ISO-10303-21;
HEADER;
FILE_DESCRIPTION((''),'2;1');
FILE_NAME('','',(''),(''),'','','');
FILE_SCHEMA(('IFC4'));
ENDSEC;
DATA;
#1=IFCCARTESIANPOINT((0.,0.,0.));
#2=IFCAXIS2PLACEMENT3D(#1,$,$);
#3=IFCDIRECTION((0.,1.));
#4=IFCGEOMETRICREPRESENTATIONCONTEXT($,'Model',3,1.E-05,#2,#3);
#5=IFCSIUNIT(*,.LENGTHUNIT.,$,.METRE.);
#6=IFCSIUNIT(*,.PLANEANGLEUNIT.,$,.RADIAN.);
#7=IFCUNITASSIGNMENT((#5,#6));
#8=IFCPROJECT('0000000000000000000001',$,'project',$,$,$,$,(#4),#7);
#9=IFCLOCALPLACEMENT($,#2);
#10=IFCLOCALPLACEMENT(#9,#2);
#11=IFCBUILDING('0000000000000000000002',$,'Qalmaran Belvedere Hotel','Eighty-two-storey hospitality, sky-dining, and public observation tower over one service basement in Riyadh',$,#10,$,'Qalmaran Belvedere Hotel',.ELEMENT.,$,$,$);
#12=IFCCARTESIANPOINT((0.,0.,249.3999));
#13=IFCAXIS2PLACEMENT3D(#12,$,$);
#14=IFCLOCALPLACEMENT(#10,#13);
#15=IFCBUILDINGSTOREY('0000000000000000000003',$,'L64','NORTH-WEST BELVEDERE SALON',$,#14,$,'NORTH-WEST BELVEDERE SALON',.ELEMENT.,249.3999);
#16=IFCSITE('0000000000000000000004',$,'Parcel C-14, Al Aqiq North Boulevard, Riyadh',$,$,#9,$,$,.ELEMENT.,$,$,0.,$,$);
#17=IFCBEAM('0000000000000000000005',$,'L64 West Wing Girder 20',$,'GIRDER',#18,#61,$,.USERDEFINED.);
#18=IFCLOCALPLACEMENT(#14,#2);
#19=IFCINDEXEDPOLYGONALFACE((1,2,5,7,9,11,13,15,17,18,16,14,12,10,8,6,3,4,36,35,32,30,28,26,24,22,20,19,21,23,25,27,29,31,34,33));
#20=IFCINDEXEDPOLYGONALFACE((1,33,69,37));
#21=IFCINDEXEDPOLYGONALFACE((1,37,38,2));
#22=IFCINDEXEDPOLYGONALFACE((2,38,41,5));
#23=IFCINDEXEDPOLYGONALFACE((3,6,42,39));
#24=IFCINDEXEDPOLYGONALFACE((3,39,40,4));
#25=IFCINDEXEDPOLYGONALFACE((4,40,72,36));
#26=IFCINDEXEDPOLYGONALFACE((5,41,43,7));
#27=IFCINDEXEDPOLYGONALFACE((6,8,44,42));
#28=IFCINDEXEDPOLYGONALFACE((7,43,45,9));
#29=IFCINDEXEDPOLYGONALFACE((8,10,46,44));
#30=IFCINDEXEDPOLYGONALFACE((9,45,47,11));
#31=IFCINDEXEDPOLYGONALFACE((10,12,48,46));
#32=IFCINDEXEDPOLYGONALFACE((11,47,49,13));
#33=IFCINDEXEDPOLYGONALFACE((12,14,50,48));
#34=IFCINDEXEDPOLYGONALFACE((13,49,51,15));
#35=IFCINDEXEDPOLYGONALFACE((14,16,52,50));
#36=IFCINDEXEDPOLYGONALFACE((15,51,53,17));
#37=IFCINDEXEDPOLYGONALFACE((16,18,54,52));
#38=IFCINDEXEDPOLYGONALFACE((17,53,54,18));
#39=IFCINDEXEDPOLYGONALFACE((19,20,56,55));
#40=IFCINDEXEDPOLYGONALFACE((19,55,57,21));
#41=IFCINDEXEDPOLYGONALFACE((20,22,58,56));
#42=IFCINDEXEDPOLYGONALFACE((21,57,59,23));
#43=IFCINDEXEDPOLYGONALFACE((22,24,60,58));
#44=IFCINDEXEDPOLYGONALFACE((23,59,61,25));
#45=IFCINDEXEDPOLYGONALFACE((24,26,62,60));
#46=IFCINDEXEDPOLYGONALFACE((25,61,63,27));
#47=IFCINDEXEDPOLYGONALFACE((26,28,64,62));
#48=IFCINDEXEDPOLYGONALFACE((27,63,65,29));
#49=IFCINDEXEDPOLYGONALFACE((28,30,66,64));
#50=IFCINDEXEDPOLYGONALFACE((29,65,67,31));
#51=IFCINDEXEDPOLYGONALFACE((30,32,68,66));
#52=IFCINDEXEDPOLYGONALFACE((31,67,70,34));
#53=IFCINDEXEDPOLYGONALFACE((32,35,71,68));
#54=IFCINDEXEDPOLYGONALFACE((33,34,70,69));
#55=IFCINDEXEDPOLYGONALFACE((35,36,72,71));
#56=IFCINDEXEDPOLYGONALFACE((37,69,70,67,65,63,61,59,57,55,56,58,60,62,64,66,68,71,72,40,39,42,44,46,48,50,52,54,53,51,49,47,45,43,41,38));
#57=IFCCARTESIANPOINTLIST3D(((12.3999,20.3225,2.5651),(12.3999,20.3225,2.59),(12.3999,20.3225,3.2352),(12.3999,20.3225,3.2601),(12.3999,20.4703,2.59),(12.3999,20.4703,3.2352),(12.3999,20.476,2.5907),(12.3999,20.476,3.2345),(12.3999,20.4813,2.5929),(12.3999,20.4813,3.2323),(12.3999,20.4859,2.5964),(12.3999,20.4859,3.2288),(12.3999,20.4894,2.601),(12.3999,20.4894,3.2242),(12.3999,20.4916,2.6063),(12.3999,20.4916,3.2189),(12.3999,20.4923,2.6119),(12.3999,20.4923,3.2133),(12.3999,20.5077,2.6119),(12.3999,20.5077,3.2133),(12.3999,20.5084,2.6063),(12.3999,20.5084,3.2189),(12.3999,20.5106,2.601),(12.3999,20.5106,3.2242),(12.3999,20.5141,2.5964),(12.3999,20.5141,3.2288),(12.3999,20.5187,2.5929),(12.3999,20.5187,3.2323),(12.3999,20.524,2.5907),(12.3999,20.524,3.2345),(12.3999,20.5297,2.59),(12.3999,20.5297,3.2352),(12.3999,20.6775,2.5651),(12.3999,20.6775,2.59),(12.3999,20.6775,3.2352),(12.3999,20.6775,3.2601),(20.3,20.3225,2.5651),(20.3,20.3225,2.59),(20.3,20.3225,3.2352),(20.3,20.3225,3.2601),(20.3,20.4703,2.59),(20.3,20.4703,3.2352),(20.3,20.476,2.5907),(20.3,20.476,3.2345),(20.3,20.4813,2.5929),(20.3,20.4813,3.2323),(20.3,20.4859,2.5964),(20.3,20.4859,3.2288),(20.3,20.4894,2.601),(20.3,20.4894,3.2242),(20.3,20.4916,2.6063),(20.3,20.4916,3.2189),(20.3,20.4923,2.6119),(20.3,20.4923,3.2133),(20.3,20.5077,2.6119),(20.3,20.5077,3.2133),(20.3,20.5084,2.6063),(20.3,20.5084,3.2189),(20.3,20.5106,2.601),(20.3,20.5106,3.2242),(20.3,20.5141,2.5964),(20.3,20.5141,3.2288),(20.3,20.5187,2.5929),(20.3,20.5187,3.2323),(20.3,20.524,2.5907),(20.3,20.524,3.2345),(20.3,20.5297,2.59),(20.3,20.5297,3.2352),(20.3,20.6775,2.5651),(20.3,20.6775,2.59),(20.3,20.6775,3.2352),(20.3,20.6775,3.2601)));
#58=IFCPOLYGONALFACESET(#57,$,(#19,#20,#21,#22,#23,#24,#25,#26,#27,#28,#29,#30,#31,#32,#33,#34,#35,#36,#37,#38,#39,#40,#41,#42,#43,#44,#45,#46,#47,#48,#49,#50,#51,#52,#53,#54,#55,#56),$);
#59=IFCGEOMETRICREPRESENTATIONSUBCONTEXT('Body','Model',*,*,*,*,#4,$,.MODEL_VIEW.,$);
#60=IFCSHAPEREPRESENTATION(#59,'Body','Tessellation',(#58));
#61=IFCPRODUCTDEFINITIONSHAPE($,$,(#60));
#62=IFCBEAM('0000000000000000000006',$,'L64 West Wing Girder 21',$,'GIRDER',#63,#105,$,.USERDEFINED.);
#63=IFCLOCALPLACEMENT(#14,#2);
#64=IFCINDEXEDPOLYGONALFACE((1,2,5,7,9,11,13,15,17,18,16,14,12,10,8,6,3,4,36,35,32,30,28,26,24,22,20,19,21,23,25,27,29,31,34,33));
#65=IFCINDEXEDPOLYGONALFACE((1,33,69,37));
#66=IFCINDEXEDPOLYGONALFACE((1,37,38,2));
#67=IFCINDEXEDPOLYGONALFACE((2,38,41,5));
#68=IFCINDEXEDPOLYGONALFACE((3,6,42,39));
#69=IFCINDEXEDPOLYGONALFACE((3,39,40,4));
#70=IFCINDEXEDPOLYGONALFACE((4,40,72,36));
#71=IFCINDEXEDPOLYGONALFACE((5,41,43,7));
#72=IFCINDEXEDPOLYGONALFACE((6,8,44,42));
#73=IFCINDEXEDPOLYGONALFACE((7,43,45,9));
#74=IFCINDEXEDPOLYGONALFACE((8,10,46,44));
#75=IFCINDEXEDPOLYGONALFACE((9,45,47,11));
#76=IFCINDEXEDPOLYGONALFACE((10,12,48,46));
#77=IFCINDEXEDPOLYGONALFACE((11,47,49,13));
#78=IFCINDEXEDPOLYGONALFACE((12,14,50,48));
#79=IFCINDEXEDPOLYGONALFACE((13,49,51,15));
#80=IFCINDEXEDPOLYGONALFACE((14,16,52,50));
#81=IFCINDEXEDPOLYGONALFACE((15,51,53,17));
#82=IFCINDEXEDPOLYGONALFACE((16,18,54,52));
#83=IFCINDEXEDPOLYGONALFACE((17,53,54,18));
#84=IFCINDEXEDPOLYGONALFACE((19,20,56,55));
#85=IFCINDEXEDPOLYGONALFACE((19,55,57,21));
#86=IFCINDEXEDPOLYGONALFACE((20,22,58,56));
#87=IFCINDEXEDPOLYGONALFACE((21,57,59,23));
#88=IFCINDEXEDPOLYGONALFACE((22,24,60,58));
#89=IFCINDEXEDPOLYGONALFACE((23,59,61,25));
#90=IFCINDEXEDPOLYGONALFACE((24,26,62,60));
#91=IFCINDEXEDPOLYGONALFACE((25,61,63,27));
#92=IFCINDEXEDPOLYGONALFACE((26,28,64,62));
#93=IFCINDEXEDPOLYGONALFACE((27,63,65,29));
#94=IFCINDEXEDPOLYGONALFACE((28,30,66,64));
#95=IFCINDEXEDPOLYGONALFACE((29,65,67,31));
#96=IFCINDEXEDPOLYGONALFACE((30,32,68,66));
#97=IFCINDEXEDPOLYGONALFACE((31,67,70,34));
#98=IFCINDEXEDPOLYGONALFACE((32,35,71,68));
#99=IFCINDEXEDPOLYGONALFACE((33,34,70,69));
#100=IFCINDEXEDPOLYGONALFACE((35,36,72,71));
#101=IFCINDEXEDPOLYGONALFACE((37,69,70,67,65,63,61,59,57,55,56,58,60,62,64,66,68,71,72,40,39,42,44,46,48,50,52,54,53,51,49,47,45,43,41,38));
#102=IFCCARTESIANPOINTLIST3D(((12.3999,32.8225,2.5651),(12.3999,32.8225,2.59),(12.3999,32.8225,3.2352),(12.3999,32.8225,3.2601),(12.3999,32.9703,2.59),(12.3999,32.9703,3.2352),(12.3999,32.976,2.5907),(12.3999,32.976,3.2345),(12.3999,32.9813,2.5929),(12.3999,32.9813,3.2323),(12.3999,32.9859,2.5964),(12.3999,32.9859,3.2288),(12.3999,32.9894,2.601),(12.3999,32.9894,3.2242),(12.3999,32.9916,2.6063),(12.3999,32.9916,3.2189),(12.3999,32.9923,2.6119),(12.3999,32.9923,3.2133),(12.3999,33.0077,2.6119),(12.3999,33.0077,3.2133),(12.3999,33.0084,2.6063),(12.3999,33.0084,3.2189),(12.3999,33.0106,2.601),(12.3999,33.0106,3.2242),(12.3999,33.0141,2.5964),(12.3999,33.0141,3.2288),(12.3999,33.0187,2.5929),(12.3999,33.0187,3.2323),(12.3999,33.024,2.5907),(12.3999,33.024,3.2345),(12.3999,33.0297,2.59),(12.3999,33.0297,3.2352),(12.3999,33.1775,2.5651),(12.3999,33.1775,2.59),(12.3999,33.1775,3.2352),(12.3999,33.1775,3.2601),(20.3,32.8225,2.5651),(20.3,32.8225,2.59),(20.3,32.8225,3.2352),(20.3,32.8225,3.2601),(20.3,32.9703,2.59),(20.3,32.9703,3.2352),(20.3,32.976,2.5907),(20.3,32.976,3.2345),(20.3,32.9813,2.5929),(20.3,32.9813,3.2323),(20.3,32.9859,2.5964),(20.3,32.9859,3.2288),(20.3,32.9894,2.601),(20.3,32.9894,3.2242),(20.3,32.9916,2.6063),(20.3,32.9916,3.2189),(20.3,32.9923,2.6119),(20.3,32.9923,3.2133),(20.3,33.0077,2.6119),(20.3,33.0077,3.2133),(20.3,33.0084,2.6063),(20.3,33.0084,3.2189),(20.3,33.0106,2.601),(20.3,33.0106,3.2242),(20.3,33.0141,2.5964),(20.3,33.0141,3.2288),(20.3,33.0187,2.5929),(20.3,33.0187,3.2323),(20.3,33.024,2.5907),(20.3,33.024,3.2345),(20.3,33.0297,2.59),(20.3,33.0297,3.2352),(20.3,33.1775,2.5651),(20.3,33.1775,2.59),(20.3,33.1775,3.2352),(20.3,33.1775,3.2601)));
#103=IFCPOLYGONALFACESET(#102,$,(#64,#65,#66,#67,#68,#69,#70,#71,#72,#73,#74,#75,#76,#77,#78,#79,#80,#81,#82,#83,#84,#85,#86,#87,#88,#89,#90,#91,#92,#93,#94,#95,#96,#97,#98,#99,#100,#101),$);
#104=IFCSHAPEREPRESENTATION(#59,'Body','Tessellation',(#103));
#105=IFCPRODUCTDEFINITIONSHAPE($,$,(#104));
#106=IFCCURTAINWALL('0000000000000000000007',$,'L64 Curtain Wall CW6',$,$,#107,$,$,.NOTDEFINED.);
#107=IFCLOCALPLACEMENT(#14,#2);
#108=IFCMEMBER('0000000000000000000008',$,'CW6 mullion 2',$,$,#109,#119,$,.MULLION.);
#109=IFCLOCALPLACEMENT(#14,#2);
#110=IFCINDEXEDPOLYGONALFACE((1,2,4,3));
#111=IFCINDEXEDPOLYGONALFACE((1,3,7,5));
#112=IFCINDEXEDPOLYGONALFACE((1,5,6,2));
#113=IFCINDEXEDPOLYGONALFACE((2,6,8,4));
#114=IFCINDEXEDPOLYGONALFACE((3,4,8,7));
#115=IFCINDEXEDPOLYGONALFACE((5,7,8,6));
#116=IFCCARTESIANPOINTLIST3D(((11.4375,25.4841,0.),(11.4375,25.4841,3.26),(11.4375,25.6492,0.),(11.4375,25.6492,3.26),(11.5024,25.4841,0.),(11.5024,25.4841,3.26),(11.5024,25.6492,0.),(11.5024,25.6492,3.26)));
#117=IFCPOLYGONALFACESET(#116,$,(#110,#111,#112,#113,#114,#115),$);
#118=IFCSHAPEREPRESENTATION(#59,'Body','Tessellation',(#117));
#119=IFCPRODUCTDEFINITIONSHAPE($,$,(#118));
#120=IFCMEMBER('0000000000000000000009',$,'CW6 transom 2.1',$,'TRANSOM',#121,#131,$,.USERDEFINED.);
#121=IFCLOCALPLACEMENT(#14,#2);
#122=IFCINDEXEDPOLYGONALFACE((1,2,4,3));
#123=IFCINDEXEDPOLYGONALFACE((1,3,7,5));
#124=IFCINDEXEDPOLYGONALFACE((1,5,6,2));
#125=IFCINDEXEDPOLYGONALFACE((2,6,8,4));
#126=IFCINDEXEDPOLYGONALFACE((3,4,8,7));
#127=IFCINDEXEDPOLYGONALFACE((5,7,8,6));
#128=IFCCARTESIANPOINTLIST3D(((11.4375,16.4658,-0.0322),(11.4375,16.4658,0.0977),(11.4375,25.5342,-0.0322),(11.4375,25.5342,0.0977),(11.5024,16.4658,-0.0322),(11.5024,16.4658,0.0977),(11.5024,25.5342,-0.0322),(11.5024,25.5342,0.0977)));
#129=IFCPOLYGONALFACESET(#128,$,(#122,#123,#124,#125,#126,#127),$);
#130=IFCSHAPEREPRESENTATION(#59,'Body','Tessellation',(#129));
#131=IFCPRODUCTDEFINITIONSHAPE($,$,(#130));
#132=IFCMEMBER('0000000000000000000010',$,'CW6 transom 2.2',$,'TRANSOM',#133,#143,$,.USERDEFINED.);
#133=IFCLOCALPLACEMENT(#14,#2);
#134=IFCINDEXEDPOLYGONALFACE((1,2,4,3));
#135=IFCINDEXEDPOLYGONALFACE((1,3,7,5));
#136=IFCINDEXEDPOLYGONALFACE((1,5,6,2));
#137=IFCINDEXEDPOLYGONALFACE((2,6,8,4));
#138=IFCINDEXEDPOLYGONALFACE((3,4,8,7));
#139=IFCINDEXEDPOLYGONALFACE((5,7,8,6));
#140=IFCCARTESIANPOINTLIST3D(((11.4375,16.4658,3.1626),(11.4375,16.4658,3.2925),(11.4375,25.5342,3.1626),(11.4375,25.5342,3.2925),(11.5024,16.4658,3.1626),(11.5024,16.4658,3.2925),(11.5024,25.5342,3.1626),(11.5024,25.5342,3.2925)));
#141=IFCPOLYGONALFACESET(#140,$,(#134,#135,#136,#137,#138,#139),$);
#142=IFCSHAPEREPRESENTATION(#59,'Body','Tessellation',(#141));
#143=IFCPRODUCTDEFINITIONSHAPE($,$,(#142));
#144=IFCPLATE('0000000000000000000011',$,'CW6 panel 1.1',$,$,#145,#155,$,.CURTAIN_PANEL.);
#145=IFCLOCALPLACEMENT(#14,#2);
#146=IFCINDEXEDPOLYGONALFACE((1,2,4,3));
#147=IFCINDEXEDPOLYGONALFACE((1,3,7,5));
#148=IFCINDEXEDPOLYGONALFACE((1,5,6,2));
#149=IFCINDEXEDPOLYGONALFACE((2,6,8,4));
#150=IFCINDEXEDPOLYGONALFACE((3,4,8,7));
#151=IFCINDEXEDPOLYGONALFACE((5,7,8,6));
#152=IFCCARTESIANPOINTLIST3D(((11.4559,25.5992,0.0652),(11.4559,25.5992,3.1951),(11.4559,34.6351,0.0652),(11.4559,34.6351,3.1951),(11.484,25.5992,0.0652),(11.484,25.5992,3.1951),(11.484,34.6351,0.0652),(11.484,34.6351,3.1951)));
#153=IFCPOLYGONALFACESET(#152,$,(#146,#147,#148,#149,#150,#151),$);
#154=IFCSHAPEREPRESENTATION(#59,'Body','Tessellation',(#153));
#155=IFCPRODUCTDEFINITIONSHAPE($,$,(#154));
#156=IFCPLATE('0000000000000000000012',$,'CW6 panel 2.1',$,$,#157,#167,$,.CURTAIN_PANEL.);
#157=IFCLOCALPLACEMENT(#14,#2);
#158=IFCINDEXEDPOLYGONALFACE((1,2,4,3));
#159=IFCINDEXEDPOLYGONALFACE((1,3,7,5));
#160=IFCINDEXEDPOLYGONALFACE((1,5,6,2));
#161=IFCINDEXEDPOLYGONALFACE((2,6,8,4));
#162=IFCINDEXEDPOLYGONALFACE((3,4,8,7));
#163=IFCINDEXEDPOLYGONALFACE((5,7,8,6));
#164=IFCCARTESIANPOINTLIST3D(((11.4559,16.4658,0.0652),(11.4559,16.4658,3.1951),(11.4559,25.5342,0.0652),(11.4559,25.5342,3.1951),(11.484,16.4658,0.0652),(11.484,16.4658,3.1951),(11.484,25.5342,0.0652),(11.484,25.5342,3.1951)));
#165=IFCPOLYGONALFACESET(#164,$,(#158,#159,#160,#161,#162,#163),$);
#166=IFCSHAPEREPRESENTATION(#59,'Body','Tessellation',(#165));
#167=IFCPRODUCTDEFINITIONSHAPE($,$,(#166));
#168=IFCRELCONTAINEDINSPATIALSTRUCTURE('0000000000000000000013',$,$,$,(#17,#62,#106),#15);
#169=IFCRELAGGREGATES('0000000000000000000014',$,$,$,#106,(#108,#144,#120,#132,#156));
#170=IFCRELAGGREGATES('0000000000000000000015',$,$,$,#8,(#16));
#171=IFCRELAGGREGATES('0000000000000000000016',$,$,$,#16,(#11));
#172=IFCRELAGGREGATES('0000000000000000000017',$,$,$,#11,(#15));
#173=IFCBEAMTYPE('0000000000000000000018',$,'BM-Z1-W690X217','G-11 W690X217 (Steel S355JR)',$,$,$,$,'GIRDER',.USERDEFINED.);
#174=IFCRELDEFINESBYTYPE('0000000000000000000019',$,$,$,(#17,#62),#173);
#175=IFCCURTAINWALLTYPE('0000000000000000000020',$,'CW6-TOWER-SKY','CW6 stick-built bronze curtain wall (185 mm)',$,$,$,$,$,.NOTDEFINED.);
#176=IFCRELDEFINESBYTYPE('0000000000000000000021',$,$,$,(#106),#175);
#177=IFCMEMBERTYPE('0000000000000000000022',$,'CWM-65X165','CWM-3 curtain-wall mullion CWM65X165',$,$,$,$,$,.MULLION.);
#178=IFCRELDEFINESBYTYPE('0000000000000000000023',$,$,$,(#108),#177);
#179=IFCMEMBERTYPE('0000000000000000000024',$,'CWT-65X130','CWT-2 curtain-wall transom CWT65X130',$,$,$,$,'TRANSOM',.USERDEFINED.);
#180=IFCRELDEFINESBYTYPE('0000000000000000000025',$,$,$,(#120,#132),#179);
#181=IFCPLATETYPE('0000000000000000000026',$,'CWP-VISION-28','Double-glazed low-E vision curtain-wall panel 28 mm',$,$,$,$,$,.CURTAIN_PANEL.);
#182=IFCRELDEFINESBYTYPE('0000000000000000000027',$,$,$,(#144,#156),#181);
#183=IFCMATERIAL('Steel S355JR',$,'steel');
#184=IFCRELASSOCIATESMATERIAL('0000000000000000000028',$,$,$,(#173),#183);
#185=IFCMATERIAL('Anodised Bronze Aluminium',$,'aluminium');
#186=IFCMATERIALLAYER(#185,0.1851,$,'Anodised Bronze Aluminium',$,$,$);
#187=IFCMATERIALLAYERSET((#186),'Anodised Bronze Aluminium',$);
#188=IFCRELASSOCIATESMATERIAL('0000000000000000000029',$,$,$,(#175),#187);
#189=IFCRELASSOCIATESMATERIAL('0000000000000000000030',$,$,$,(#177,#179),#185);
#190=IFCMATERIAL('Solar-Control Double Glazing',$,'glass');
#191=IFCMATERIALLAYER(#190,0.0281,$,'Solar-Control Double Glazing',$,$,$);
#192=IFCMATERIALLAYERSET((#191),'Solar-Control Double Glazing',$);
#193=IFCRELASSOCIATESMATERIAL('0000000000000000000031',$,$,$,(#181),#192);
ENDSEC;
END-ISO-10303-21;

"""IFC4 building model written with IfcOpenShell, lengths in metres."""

from ifc_helpers import new_model, si_unit, direction, frame, origin, origin_2d, place, context, subcontext, project, spatial, rectangle, i_section, extrude, material, layer, layer_set, material_profile, profile_set, type_object, element, aggregate, save


model = new_model("IFC4")

# Units and contexts
model_context = context("Model", 3, precision=1e-05, world=origin(), true_north=direction((0.0, 1.0)))
body_context = subcontext(model_context, "Body", "Model", "MODEL_VIEW")
ifc_project = project(units=[si_unit("LENGTHUNIT", "METRE"), si_unit("PLANEANGLEUNIT", "RADIAN")], contexts=[model_context])

# Site, building, storey
site_placement = place(None, origin())
site = spatial("IfcSite", under=ifc_project, at=site_placement, Name="Parcel C-14, Al Aqiq North Boulevard, Riyadh", CompositionType="ELEMENT", RefElevation=0.0)
building_placement = place(site_placement, origin())
building = spatial("IfcBuilding", under=site, at=building_placement, Name="Qalmaran Belvedere Hotel", Description="Eighty-two-storey hospitality, sky-dining, and public observation tower over one service basement in Riyadh", LongName="Qalmaran Belvedere Hotel", CompositionType="ELEMENT")
storey_placement = place(building_placement, frame((0.0, 0.0, 249.3999)))
storey = spatial("IfcBuildingStorey", under=building, at=storey_placement, Name="L64", Description="NORTH-WEST BELVEDERE SALON", LongName="NORTH-WEST BELVEDERE SALON", CompositionType="ELEMENT", Elevation=249.3999)

# Beams
ifc_material_1 = material(Name="Steel S355JR", Category="steel")
ifc_material_profile_1 = material_profile(ifc_material_1, i_section(OverallWidth=0.355, OverallDepth=0.6951, WebThickness=0.0154, FlangeThickness=0.0249, FilletRadius=0.022, at=origin_2d()), Name="W690X217")
ifc_profile_set_1 = profile_set([ifc_material_profile_1], Name="Steel S355JR")
beam_type_1 = type_object("IfcBeamType", Name="BM-Z1-W690X217", Description="G-11 W690X217 (Steel S355JR)", ElementType="GIRDER", PredefinedType="USERDEFINED", material=ifc_profile_set_1)
for number, where, z_axis, x_axis, name in (
    (1, (12.3999, 20.5, 2.9126), (1.0, 0.0, 0.0), (0.0, 1.0, 0.0), "L64 West Wing Girder 20"),
    (2, (12.3999, 33.0, 2.9126), (1.0, 0.0, 0.0), (0.0, 1.0, 0.0), "L64 West Wing Girder 21"),
):
    element("IfcBeam", number, at=place(storey_placement, frame(where, z_axis=z_axis, x_axis=x_axis)), inside=storey, type_object=beam_type_1, Name=name, ObjectType="GIRDER", PredefinedType="USERDEFINED", context=body_context, shape_type="SweptSolid", body=[
        extrude(i_section(OverallWidth=0.355, OverallDepth=0.6951, WebThickness=0.0154, FlangeThickness=0.0249, FilletRadius=0.022, at=origin_2d()), origin(), (0.0, 0.0, 1.0), 7.9001),
    ])

# Curtain wall, members, plates
ifc_material_2 = material(Name="Anodised Bronze Aluminium", Category="aluminium")
ifc_layer_1 = layer(ifc_material_2, 0.1851, Name="Anodised Bronze Aluminium")
ifc_layer_set_1 = layer_set([ifc_layer_1], Name="Anodised Bronze Aluminium")
curtain_wall_type = type_object("IfcCurtainWallType", Name="CW6-TOWER-SKY", Description="CW6 stick-built bronze curtain wall (185 mm)", PredefinedType="NOTDEFINED", material=ifc_layer_set_1)
curtain_wall_placement = place(storey_placement, origin())
curtain_wall = element("IfcCurtainWall", 3, at=curtain_wall_placement, inside=storey, type_object=curtain_wall_type, Name="L64 Curtain Wall CW6", PredefinedType="NOTDEFINED")
ifc_material_profile_2 = material_profile(ifc_material_2, rectangle(XDim=0.0649, YDim=0.165, at=origin_2d()), Name="CWM65X165")
ifc_profile_set_2 = profile_set([ifc_material_profile_2], Name="Anodised Bronze Aluminium")
member_type_1 = type_object("IfcMemberType", Name="CWM-65X165", Description="CWM-3 curtain-wall mullion CWM65X165", PredefinedType="MULLION", material=ifc_profile_set_2)
member_1_placement = place(storey_placement, frame((11.47, 25.5667, 0.0), z_axis=(0.0, 0.0, 1.0), x_axis=(1.0, 0.0, 0.0)))
member_1 = element("IfcMember", 4, at=member_1_placement, type_object=member_type_1, Name="CW6 mullion 2", PredefinedType="MULLION", context=body_context, shape_type="SweptSolid", body=[
    extrude(rectangle(XDim=0.0649, YDim=0.165, at=origin_2d()), origin(), (0.0, 0.0, 1.0), 3.26),
])
ifc_material_profile_3 = material_profile(ifc_material_2, rectangle(XDim=0.0649, YDim=0.1299, at=origin_2d()), Name="CWT65X130")
ifc_profile_set_3 = profile_set([ifc_material_profile_3], Name="Anodised Bronze Aluminium")
member_type_2 = type_object("IfcMemberType", Name="CWT-65X130", Description="CWT-2 curtain-wall transom CWT65X130", ElementType="TRANSOM", PredefinedType="USERDEFINED", material=ifc_profile_set_3)
member_2_placement = place(storey_placement, frame((11.47, 25.5342, 0.0327), z_axis=(0.0, -1.0, 0.0), x_axis=(1.0, 0.0, 0.0)))
member_2 = element("IfcMember", 5, at=member_2_placement, type_object=member_type_2, Name="CW6 transom 2.1", ObjectType="TRANSOM", PredefinedType="USERDEFINED", context=body_context, shape_type="SweptSolid", body=[
    extrude(rectangle(XDim=0.0649, YDim=0.1299, at=origin_2d()), origin(), (0.0, 0.0, 1.0), 9.0684),
])
member_3_placement = place(storey_placement, frame((11.47, 25.5342, 3.2275), z_axis=(0.0, -1.0, 0.0), x_axis=(1.0, 0.0, 0.0)))
member_3 = element("IfcMember", 6, at=member_3_placement, type_object=member_type_2, Name="CW6 transom 2.2", ObjectType="TRANSOM", PredefinedType="USERDEFINED", context=body_context, shape_type="SweptSolid", body=[
    extrude(rectangle(XDim=0.0649, YDim=0.1299, at=origin_2d()), origin(), (0.0, 0.0, 1.0), 9.0684),
])
ifc_material_3 = material(Name="Solar-Control Double Glazing", Category="glass")
ifc_layer_2 = layer(ifc_material_3, 0.0281, Name="Solar-Control Double Glazing")
ifc_layer_set_2 = layer_set([ifc_layer_2], Name="Solar-Control Double Glazing")
plate_type = type_object("IfcPlateType", Name="CWP-VISION-28", Description="Double-glazed low-E vision curtain-wall panel 28 mm", PredefinedType="CURTAIN_PANEL", material=ifc_layer_set_2)
plate_1_placement = place(storey_placement, frame((11.47, 30.1172, 0.0652), z_axis=(0.0, 0.0, 1.0), x_axis=(0.0, -1.0, 0.0)))
plate_1 = element("IfcPlate", 7, at=plate_1_placement, type_object=plate_type, Name="CW6 panel 1.1", PredefinedType="CURTAIN_PANEL", context=body_context, shape_type="SweptSolid", body=[
    extrude(rectangle(XDim=9.0359, YDim=0.0281, at=origin_2d()), origin(), (0.0, 0.0, 1.0), 3.1299),
])
plate_2_placement = place(storey_placement, frame((11.47, 21.0, 0.0652), z_axis=(0.0, 0.0, 1.0), x_axis=(0.0, -1.0, 0.0)))
plate_2 = element("IfcPlate", 8, at=plate_2_placement, type_object=plate_type, Name="CW6 panel 2.1", PredefinedType="CURTAIN_PANEL", context=body_context, shape_type="SweptSolid", body=[
    extrude(rectangle(XDim=9.0684, YDim=0.0281, at=origin_2d()), origin(), (0.0, 0.0, 1.0), 3.1299),
])
aggregate(curtain_wall, [member_1, plate_1, member_2, member_3, plate_2])

save(model, "model.ifc")
